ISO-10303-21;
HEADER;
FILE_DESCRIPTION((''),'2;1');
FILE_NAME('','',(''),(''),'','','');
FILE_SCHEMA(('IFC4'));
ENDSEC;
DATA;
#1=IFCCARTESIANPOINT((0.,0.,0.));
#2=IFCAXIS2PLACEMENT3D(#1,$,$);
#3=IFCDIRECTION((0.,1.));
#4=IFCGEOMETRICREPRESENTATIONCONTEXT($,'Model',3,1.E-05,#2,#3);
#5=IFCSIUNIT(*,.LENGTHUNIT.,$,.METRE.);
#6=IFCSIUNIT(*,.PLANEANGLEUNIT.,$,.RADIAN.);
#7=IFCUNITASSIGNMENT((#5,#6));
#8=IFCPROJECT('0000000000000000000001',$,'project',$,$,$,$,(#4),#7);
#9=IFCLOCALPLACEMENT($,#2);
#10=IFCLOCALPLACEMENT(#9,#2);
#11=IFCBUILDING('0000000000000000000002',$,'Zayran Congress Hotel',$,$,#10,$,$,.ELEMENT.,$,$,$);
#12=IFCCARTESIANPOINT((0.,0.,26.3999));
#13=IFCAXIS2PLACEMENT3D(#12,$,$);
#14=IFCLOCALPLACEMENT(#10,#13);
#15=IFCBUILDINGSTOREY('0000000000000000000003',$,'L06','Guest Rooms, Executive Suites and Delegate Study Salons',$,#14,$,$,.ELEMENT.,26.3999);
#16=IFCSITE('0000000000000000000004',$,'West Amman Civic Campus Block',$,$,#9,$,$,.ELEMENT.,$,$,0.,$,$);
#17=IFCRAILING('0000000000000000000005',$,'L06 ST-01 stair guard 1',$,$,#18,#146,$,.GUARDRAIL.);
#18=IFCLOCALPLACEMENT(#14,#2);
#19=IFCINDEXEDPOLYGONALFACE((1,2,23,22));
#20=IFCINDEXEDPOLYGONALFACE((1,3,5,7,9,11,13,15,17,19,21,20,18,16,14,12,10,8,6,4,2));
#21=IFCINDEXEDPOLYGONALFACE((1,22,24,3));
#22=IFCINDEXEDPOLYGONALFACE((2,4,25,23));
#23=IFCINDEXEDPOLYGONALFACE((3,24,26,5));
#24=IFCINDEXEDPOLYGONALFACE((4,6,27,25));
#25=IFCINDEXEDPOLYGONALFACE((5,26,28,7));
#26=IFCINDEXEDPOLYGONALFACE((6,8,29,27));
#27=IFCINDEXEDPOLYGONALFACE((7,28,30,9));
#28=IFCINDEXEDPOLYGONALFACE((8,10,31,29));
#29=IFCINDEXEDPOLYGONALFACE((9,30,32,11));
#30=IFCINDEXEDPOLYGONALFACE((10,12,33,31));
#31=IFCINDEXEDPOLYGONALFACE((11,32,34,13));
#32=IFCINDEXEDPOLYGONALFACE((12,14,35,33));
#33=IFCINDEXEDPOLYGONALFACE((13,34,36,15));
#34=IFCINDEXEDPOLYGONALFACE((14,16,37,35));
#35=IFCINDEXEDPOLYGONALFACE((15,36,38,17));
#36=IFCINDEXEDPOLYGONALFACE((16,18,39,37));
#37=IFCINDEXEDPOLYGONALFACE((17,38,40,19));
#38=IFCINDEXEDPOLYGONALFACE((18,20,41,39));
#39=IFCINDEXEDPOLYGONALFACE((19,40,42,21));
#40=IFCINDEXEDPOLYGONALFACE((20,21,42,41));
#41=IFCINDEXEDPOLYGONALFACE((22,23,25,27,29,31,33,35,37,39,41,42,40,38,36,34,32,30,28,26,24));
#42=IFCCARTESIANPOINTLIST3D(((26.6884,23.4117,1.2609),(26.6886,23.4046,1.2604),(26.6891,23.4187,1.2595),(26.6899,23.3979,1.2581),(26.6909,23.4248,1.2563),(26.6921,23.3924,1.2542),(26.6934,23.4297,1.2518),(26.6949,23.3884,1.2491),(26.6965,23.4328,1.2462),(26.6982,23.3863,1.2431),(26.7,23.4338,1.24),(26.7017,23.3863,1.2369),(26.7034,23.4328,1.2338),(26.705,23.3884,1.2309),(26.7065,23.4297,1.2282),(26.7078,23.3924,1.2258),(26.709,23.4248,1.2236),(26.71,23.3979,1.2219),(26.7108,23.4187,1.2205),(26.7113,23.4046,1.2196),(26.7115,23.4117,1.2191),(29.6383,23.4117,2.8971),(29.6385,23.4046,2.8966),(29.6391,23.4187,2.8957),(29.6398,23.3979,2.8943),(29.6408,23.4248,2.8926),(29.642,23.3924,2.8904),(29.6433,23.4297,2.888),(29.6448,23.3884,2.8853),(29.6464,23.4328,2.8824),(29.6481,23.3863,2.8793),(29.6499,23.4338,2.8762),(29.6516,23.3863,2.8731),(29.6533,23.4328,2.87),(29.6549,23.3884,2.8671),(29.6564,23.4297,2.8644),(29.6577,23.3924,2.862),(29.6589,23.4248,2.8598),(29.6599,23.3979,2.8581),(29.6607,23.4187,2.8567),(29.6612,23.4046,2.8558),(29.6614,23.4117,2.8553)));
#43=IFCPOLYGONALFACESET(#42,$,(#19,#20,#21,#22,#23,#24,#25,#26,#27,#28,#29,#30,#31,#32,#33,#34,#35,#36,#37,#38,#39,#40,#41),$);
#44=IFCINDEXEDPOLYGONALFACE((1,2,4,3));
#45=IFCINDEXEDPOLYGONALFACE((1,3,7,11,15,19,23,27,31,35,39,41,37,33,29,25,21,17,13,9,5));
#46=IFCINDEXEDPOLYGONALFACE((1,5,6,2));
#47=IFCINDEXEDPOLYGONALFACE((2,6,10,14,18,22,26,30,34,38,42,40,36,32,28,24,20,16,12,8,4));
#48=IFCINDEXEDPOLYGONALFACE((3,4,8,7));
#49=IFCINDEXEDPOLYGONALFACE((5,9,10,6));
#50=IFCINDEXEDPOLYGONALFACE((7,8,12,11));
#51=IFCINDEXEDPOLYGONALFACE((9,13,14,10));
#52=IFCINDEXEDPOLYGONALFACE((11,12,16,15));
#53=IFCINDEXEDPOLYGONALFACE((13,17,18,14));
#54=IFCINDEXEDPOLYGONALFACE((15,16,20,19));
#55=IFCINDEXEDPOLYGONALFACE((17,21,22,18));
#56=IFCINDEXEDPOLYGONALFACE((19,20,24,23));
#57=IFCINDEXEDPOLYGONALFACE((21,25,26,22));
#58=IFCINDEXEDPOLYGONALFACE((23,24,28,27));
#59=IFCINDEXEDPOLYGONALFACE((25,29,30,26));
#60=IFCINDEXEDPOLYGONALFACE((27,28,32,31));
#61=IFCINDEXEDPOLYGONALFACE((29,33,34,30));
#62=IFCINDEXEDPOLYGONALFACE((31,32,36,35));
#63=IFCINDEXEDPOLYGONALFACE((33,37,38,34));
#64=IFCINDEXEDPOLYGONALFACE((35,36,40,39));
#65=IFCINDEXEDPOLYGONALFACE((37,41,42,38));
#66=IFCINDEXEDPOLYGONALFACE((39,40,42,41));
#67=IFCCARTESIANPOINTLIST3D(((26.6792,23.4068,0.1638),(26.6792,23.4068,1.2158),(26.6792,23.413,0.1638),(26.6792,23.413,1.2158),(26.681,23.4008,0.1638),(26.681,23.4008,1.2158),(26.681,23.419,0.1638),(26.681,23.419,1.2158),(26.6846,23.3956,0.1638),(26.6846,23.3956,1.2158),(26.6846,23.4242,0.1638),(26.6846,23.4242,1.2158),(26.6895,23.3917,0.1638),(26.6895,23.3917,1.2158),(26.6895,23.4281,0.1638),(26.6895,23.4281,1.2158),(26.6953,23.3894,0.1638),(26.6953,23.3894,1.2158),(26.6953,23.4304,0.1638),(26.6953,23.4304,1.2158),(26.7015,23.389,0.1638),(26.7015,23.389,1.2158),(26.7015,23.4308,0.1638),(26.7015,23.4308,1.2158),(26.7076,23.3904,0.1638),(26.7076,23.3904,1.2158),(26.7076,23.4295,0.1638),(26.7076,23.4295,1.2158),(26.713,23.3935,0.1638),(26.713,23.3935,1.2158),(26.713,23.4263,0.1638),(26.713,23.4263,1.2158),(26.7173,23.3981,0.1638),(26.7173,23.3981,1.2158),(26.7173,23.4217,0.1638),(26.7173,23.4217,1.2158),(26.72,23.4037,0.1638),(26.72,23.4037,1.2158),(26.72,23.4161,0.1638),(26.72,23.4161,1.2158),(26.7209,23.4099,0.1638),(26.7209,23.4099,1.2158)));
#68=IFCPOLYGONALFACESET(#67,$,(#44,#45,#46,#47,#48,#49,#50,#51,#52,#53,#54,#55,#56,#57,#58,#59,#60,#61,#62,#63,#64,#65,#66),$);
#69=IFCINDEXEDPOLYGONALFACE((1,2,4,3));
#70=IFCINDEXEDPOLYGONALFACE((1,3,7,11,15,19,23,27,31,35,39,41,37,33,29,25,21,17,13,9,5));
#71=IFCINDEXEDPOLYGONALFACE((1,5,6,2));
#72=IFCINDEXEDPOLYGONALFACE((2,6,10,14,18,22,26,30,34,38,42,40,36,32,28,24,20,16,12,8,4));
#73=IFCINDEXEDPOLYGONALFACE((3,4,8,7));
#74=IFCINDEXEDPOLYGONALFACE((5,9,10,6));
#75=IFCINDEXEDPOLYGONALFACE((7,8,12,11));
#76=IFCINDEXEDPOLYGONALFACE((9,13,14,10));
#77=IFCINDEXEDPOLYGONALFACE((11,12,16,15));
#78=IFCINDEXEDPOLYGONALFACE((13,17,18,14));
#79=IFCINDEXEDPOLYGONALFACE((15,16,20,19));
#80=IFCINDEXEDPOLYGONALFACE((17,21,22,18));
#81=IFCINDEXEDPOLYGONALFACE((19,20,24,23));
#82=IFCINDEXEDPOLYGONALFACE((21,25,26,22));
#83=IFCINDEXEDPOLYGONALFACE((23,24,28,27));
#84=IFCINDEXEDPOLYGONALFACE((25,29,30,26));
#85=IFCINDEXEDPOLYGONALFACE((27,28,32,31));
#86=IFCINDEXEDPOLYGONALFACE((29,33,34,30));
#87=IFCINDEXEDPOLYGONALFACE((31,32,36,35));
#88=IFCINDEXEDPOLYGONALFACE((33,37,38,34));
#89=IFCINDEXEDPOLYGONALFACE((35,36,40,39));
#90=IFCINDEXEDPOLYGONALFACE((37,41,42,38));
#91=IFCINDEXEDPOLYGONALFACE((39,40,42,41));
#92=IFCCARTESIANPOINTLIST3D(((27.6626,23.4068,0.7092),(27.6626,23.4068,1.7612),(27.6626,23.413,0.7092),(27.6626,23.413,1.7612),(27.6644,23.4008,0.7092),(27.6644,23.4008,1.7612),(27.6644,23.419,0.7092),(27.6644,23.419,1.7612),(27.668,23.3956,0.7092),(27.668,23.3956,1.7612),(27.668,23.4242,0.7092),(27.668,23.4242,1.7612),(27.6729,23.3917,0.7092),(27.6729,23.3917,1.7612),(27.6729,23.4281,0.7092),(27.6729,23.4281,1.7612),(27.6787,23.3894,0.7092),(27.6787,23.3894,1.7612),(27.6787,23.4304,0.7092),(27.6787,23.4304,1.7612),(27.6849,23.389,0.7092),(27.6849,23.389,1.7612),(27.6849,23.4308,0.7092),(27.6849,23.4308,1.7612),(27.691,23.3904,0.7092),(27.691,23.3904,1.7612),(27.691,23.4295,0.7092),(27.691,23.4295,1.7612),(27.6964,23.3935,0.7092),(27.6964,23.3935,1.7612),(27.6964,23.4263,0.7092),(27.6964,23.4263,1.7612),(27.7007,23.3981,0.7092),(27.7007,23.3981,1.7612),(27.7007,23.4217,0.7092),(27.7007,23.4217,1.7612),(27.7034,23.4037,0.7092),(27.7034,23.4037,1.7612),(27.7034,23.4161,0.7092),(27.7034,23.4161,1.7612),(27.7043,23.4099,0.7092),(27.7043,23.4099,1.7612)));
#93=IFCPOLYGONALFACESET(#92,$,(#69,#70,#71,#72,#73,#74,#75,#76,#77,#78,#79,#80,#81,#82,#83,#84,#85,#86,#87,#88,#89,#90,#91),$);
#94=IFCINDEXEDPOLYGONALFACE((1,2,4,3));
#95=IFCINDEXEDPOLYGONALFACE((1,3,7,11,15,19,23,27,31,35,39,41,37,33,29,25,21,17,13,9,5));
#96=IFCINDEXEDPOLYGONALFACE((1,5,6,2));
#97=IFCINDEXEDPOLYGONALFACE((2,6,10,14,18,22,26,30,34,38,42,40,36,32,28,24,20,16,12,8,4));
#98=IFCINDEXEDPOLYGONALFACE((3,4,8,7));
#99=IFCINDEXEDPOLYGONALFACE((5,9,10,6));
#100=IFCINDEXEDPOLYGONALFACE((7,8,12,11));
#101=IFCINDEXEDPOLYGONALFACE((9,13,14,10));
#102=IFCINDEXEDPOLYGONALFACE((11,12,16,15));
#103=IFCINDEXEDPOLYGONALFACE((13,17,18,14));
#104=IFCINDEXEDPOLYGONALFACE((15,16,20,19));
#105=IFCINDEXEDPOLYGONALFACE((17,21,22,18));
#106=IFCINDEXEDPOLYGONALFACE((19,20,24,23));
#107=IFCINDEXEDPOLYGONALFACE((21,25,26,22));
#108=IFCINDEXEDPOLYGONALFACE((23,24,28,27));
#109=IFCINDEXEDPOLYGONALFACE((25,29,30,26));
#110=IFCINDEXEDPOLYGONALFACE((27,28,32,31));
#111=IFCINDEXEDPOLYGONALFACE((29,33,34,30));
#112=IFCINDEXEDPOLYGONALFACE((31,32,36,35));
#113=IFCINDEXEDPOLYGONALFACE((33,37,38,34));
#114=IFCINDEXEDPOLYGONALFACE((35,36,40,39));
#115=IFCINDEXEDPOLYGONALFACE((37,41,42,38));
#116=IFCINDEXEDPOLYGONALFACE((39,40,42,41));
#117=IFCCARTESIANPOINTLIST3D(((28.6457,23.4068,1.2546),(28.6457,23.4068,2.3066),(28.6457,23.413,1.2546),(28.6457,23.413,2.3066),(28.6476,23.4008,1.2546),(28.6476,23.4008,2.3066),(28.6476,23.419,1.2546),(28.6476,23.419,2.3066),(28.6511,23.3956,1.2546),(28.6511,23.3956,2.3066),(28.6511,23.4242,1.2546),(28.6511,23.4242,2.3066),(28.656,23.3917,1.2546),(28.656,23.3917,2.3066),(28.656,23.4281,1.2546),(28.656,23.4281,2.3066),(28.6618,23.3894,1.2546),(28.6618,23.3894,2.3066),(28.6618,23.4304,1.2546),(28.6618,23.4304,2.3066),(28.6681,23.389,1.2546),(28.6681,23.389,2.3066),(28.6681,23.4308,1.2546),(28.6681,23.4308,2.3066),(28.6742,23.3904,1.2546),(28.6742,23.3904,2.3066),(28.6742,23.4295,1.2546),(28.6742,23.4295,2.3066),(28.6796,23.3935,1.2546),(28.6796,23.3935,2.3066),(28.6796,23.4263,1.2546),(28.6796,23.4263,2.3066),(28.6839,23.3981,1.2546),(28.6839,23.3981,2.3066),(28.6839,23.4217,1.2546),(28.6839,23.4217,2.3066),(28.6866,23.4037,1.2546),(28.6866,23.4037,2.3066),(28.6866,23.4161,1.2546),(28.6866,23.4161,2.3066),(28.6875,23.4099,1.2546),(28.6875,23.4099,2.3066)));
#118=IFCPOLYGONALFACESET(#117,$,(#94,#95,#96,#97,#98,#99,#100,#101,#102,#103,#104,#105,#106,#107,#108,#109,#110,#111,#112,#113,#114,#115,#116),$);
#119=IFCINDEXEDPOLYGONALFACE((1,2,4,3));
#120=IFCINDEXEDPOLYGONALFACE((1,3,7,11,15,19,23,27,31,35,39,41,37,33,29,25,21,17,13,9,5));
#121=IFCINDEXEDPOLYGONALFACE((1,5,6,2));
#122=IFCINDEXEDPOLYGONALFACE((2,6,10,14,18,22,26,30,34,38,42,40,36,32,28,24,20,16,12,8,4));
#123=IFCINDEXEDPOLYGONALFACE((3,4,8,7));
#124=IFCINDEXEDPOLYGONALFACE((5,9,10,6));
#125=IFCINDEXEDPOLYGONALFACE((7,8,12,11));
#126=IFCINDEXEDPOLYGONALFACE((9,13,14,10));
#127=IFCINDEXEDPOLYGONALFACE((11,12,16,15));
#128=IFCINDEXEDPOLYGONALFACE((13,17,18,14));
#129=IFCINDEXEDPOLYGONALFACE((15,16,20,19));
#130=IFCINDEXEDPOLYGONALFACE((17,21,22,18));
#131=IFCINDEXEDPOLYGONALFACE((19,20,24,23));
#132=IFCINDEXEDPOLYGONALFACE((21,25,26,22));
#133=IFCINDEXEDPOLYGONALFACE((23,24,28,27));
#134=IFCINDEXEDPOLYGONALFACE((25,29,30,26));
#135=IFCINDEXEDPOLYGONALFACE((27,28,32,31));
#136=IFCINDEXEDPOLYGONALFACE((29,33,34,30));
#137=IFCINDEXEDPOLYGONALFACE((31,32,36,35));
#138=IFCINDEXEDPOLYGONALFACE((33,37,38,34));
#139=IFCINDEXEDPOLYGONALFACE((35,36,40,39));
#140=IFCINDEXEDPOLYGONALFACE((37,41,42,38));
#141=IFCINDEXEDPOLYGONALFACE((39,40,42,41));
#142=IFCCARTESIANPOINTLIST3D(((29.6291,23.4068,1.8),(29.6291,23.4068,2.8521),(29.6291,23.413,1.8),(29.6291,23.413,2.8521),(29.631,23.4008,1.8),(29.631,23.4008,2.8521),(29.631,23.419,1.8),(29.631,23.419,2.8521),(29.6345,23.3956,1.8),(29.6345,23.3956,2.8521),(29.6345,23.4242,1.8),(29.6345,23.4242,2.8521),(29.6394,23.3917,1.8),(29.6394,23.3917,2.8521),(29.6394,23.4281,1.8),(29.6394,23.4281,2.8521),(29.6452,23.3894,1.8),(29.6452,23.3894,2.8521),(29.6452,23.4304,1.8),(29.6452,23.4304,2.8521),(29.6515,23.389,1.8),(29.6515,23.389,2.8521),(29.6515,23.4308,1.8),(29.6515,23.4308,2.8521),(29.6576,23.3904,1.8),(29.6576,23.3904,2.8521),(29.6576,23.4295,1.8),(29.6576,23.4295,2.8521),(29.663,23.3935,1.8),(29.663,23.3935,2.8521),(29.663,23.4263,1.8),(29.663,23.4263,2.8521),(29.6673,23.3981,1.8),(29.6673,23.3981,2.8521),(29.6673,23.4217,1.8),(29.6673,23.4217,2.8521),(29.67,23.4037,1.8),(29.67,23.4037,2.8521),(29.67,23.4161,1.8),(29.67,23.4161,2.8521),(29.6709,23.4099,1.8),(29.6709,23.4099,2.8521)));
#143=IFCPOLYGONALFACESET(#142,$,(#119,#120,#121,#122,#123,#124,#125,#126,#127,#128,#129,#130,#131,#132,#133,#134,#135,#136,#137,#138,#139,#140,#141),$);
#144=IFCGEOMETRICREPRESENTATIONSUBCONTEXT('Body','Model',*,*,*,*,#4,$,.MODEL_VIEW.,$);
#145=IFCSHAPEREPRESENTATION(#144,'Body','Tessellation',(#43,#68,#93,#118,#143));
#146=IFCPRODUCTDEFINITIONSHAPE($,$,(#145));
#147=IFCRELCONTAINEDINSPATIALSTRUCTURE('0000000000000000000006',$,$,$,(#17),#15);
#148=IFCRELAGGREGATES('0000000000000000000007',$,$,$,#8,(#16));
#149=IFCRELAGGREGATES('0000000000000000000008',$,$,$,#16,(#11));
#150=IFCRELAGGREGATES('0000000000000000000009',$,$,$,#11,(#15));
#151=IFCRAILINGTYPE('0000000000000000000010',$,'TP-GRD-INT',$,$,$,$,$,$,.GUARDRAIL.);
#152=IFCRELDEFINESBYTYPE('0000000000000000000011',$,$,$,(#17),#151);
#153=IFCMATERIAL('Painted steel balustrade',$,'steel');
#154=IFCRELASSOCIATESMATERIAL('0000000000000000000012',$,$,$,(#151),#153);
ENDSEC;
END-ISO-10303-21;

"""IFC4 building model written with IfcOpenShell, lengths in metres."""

from ifc_helpers import new_model, si_unit, direction, frame, origin, origin_2d, place, context, subcontext, project, spatial, circle, extrude, material, type_object, element, save


model = new_model("IFC4")

# Units and contexts
model_context = context("Model", 3, precision=1e-05, world=origin(), true_north=direction((0.0, 1.0)))
body_context = subcontext(model_context, "Body", "Model", "MODEL_VIEW")
ifc_project = project(units=[si_unit("LENGTHUNIT", "METRE"), si_unit("PLANEANGLEUNIT", "RADIAN")], contexts=[model_context])

# Site, building, storey
site_placement = place(None, origin())
site = spatial("IfcSite", under=ifc_project, at=site_placement, Name="West Amman Civic Campus Block", CompositionType="ELEMENT", RefElevation=0.0)
building_placement = place(site_placement, origin())
building = spatial("IfcBuilding", under=site, at=building_placement, Name="Zayran Congress Hotel", CompositionType="ELEMENT")
storey_placement = place(building_placement, frame((0.0, 0.0, 26.3999)))
storey = spatial("IfcBuildingStorey", under=building, at=storey_placement, Name="L06", Description="Guest Rooms, Executive Suites and Delegate Study Salons", CompositionType="ELEMENT", Elevation=26.3999)

# Railing
ifc_material_1 = material(Name="Painted steel balustrade", Category="steel")
railing_type_1 = type_object("IfcRailingType", Name="TP-GRD-INT", PredefinedType="GUARDRAIL", material=ifc_material_1)
railing_1_placement = place(storey_placement, frame((26.7, 23.4099, 0.1638)))
element("IfcRailing", 1, at=railing_1_placement, inside=storey, type_object=railing_type_1, Name="L06 ST-01 stair guard 1", PredefinedType="GUARDRAIL", context=body_context, shape_type="SweptSolid", body=[
    extrude(circle(Radius=0.0239, at=origin_2d()), frame((0.0, 0.0, 1.0762), z_axis=(0.874488, 0.0, 0.485047), x_axis=(0.0, 1.0, 0.0)), (0.0, 0.0, 1.0), 3.3733),
    extrude(circle(Radius=0.021, at=origin_2d()), origin(), (0.0, 0.0, 1.0), 1.052),
    extrude(circle(Radius=0.021, at=origin_2d()), frame((0.9834, 0.0, 0.5454)), (0.0, 0.0, 1.0), 1.052),
    extrude(circle(Radius=0.021, at=origin_2d()), frame((1.9666, 0.0, 1.0908)), (0.0, 0.0, 1.0), 1.052),
    extrude(circle(Radius=0.021, at=origin_2d()), frame((2.95, 0.0, 1.6362)), (0.0, 0.0, 1.0), 1.052),
])

save(model, "model.ifc")
